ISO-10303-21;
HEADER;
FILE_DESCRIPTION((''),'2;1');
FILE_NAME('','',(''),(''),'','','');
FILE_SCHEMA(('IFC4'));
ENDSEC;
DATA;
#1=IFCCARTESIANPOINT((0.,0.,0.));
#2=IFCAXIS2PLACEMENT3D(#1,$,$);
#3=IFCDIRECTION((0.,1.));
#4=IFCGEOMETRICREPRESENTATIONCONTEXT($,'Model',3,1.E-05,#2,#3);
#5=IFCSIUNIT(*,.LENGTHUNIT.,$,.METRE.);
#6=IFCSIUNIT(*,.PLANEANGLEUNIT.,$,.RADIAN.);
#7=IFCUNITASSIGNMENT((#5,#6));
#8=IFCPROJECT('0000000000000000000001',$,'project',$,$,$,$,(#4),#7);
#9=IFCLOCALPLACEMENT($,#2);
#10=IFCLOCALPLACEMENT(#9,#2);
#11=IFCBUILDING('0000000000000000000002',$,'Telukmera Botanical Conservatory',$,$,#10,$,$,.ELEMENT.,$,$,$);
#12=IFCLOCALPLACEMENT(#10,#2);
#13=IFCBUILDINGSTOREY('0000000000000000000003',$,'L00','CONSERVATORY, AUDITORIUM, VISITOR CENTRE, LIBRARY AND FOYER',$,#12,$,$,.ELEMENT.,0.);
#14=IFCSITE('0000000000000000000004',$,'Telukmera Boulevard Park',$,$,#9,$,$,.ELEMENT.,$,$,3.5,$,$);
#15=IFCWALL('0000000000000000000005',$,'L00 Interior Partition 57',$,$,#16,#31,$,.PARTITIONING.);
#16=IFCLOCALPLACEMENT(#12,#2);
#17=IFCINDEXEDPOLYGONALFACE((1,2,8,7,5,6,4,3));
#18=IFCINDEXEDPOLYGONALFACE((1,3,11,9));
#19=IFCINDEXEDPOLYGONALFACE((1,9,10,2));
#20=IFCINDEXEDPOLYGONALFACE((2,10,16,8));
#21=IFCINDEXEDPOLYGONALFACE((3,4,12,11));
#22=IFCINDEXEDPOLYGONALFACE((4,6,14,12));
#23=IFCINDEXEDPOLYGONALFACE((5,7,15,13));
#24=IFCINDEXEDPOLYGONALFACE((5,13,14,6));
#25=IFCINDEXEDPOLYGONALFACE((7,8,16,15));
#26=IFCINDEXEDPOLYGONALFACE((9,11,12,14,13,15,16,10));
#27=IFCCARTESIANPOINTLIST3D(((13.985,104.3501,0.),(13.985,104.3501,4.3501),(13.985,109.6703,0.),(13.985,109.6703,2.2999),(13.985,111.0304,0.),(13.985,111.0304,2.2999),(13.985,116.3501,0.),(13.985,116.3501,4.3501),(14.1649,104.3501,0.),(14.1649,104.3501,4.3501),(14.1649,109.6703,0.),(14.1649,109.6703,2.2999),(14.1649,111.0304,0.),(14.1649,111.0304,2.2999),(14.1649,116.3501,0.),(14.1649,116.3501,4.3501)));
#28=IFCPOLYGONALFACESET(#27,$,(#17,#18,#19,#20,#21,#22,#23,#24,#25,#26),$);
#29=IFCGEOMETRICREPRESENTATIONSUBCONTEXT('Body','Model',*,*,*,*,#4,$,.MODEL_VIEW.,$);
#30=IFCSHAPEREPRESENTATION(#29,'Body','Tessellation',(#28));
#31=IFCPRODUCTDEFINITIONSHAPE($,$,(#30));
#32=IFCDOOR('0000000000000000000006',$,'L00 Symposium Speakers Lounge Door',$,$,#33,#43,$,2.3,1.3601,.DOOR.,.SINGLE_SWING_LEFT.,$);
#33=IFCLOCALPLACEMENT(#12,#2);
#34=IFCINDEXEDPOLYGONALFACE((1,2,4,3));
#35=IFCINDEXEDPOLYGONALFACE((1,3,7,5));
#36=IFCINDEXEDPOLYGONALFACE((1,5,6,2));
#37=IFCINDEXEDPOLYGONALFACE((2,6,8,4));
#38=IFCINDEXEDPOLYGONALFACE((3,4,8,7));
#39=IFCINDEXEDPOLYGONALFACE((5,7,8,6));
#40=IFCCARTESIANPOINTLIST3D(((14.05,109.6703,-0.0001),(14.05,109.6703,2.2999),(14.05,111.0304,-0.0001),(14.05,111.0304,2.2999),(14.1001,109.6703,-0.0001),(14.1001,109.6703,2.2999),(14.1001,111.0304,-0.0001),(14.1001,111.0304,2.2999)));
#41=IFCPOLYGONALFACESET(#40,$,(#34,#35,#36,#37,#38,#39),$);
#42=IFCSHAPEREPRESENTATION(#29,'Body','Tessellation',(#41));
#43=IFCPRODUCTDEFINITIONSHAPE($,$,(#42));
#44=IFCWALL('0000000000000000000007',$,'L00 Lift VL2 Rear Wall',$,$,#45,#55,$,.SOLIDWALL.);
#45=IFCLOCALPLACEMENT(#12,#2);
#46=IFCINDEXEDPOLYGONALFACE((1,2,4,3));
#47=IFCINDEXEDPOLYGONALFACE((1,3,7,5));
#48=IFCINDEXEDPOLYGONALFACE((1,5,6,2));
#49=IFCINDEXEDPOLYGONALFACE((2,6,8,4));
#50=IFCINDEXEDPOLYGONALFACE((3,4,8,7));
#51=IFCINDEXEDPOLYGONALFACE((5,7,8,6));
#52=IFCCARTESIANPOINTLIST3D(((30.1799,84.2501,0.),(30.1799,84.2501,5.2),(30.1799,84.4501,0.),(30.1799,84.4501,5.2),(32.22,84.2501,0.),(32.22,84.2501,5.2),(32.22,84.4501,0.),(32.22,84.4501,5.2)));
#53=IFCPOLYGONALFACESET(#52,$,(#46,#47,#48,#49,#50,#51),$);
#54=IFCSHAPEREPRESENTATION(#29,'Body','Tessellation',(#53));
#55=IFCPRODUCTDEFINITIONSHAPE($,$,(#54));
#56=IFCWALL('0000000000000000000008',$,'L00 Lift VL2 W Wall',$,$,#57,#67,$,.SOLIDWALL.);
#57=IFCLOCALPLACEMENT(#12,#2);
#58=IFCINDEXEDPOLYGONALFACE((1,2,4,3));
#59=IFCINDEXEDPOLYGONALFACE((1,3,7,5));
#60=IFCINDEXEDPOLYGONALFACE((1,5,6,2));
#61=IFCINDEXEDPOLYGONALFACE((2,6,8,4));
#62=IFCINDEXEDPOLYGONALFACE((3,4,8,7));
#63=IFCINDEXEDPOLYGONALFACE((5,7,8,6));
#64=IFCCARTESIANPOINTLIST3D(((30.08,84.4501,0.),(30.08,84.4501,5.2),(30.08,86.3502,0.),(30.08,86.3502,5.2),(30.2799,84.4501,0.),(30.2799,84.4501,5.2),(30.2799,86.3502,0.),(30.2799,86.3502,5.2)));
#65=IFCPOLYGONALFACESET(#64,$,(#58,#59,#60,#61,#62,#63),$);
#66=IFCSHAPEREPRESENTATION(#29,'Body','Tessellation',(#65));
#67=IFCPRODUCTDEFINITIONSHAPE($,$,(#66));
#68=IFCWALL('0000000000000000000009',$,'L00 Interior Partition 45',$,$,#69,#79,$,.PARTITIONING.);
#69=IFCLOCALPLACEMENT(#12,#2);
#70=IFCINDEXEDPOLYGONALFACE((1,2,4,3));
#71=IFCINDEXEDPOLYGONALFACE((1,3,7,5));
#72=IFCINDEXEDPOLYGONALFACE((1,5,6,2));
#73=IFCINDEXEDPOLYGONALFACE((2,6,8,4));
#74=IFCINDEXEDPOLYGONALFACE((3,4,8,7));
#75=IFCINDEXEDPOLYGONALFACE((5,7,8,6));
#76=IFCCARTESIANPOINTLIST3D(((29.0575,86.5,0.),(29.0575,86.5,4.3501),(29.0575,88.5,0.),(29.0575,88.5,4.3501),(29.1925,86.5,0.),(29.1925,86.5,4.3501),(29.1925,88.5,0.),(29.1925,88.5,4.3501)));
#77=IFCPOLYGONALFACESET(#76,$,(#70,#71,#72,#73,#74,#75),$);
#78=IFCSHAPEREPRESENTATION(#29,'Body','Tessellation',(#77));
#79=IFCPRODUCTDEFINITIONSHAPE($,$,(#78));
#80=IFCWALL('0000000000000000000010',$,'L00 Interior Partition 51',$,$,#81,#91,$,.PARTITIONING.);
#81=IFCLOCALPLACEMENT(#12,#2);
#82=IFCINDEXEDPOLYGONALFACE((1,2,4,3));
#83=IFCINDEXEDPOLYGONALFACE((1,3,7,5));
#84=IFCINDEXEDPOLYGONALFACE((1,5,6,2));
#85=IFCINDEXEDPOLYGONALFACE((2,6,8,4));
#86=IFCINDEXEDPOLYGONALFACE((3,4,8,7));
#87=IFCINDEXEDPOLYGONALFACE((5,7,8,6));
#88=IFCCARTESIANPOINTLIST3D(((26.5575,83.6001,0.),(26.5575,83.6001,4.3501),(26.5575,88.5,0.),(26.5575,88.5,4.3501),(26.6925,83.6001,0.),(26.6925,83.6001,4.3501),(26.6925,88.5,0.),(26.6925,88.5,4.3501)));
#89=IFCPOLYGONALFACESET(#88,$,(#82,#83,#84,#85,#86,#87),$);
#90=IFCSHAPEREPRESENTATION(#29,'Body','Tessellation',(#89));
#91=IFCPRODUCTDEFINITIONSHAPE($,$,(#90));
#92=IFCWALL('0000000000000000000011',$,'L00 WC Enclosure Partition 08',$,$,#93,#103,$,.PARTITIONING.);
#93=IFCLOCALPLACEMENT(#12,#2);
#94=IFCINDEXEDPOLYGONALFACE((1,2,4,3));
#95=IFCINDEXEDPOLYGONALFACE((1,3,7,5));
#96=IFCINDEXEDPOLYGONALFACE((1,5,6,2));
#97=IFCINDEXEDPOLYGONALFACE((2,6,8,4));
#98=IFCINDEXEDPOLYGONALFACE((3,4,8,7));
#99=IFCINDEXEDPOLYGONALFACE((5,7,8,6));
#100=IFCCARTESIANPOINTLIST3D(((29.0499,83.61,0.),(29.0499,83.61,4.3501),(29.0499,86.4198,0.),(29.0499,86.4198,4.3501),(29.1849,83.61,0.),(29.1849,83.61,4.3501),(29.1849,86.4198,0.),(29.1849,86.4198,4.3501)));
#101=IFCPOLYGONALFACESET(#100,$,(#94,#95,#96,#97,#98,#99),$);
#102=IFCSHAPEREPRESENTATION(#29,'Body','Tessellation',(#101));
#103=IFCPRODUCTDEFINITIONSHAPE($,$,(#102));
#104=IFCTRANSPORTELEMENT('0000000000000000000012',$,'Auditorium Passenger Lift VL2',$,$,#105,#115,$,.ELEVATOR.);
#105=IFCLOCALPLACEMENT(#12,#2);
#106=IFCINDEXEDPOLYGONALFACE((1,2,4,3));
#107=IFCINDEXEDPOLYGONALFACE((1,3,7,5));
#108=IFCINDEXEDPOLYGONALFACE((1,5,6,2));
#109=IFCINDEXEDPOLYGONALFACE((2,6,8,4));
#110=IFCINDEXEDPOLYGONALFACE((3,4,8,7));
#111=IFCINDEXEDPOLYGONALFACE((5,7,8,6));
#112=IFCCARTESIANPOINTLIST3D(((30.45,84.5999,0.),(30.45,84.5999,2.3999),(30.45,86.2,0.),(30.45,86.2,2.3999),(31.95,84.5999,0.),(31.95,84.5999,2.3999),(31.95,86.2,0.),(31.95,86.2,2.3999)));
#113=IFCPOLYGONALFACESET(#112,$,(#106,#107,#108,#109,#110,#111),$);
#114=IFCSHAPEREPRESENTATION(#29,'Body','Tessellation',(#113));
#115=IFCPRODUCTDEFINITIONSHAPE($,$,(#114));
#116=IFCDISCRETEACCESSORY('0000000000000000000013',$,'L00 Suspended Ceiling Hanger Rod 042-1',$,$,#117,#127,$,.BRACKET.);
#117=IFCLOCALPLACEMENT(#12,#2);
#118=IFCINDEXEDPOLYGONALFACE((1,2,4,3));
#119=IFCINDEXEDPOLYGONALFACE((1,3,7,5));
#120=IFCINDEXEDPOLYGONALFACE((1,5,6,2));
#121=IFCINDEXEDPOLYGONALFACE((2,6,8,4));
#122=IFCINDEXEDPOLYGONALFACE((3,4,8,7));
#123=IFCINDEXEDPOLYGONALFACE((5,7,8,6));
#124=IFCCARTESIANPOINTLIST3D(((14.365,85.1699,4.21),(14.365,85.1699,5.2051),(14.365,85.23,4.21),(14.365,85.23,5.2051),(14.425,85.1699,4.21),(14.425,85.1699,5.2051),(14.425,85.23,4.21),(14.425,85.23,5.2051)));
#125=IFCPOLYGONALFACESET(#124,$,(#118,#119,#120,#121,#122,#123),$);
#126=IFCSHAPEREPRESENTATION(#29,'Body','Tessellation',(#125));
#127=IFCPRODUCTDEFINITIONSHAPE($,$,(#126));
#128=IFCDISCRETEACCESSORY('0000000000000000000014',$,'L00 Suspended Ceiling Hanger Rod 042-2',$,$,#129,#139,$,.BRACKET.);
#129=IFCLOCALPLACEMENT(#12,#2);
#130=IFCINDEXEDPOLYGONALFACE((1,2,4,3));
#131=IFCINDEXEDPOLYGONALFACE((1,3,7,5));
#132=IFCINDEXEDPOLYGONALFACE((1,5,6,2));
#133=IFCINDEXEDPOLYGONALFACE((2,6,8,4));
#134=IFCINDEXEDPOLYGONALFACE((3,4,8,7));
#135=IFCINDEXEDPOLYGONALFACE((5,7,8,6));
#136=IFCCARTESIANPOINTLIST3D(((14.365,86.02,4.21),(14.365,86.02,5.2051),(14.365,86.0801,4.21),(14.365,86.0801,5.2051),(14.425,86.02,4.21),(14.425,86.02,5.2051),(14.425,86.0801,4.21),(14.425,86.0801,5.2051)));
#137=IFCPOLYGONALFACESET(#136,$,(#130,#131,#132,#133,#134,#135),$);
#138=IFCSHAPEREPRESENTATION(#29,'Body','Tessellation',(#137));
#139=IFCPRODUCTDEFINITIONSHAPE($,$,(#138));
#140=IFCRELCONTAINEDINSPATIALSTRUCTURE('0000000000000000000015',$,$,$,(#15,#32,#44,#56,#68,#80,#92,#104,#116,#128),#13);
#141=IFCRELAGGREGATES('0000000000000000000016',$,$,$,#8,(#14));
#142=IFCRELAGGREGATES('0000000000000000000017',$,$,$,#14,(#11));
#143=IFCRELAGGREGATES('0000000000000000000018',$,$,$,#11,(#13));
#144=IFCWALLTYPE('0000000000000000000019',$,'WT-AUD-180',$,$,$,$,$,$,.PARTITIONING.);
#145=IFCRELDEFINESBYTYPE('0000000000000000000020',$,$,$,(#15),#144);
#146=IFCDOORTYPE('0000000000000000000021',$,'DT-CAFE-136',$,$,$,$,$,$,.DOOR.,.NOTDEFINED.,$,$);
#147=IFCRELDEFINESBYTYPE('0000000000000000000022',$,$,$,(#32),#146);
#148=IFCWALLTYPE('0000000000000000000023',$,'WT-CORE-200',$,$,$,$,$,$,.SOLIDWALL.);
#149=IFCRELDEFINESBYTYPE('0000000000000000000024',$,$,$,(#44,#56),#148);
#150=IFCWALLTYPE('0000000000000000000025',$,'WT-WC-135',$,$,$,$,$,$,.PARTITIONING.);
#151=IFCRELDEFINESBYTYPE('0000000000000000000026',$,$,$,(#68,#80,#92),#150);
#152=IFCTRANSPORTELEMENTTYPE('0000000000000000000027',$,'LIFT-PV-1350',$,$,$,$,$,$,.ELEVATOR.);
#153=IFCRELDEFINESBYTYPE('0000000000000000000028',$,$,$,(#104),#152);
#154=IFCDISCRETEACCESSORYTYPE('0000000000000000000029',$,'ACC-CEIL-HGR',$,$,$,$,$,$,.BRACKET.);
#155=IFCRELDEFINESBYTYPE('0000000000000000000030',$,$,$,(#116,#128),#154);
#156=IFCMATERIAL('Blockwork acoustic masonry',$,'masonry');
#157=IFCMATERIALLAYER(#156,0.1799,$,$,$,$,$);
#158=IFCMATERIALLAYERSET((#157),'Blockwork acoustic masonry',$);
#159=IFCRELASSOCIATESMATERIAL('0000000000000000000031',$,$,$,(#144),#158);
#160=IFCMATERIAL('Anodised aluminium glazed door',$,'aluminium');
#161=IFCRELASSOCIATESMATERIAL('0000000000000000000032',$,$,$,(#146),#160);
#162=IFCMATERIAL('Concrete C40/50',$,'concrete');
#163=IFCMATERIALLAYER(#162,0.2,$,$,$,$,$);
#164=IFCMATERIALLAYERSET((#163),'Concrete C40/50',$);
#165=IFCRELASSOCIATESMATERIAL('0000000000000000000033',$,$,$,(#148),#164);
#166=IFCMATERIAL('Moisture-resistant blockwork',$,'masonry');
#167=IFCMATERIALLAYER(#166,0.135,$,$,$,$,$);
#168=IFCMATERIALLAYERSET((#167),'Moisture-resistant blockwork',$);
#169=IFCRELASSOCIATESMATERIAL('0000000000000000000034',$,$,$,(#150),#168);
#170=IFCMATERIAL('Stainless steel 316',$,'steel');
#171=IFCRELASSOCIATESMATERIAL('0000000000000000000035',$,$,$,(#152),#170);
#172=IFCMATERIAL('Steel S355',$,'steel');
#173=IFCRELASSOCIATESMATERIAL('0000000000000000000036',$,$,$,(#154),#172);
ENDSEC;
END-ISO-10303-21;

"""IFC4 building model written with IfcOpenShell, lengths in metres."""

from ifc_helpers import new_model, si_unit, direction, frame, frame_2d, origin, origin_2d, place, context, subcontext, project, spatial, rectangle, extrude, material, layer, layer_set, type_object, element, fill, save


model = new_model("IFC4")

# Units and contexts
model_context = context("Model", 3, precision=1e-05, world=origin(), true_north=direction((0.0, 1.0)))
body_context = subcontext(model_context, "Body", "Model", "MODEL_VIEW")
ifc_project = project(units=[si_unit("LENGTHUNIT", "METRE"), si_unit("PLANEANGLEUNIT", "RADIAN")], contexts=[model_context])

# Site, building, storey
site_placement = place(None, origin())
site = spatial("IfcSite", under=ifc_project, at=site_placement, Name="Telukmera Boulevard Park", CompositionType="ELEMENT", RefElevation=3.5)
building_placement = place(site_placement, origin())
building = spatial("IfcBuilding", under=site, at=building_placement, Name="Telukmera Botanical Conservatory", CompositionType="ELEMENT")
storey_placement = place(building_placement, origin())
storey = spatial("IfcBuildingStorey", under=building, at=storey_placement, Name="L00", Description="CONSERVATORY, AUDITORIUM, VISITOR CENTRE, LIBRARY AND FOYER", CompositionType="ELEMENT", Elevation=0.0)

# Shared definitions
ifc_material_1 = material(Name="Steel S355", Category="steel")

# Shared definitions
ifc_material_2 = material(Name="Blockwork acoustic masonry", Category="masonry")
ifc_layer_1 = layer(ifc_material_2, 0.1799)
ifc_layer_set_1 = layer_set([ifc_layer_1], Name="Blockwork acoustic masonry")
wall_type_1 = type_object("IfcWallType", Name="WT-AUD-180", PredefinedType="PARTITIONING", material=ifc_layer_set_1)

# Wall, opening, door
wall_1_placement = place(storey_placement, frame((14.075, 104.3501, 0.0), z_axis=(0.0, 0.0, 1.0), x_axis=(0.0, 1.0, 0.0)))
wall_1 = element("IfcWall", 1, at=wall_1_placement, inside=storey, type_object=wall_type_1, Name="L00 Interior Partition 57", PredefinedType="PARTITIONING", context=body_context, shape_type="SweptSolid", body=[
    extrude(rectangle(XDim=12.0, YDim=0.1799, at=frame_2d((6.0, 0.0))), origin(), (0.0, 0.0, 1.0), 4.3501),
])
opening_1_placement = place(wall_1_placement, frame((5.3201, 0.0, 0.0)))
opening_1 = element("IfcOpeningElement", 2, at=opening_1_placement, cuts=wall_1, PredefinedType="OPENING", context=body_context, shape_type="SweptSolid", body=[
    extrude(rectangle(XDim=1.3601, YDim=2.3, at=frame_2d((0.6802, 1.1499))), frame((0.0, 0.0999, 0.0), z_axis=(0.0, -1.0, 0.0), x_axis=(1.0, 0.0, 0.0)), (0.0, 0.0, 1.0), 0.2),
])
ifc_material_3 = material(Name="Anodised aluminium glazed door", Category="aluminium")
door_type_1 = type_object("IfcDoorType", Name="DT-CAFE-136", OperationType="NOTDEFINED", PredefinedType="DOOR", material=ifc_material_3)
door_1_placement = place(opening_1_placement, origin())
door_1 = element("IfcDoor", 3, at=door_1_placement, inside=storey, type_object=door_type_1, Name="L00 Symposium Speakers Lounge Door", OperationType="SINGLE_SWING_LEFT", OverallHeight=2.3, OverallWidth=1.3601, PredefinedType="DOOR", context=body_context, shape_type="SweptSolid", body=[
    extrude(rectangle(XDim=1.3601, YDim=2.3, at=frame_2d((0.6802, 1.1499))), frame((0.0, 0.0249, 0.0), z_axis=(0.0, -1.0, 0.0), x_axis=(1.0, 0.0, 0.0)), (0.0, 0.0, 1.0), 0.05),
])
fill(opening_1, door_1)
ifc_material_4 = material(Name="Concrete C40/50", Category="concrete")
ifc_layer_2 = layer(ifc_material_4, 0.2)
ifc_layer_set_2 = layer_set([ifc_layer_2], Name="Concrete C40/50")
wall_type_2 = type_object("IfcWallType", Name="WT-CORE-200", PredefinedType="SOLIDWALL", material=ifc_layer_set_2)

# Walls
wall_2_placement = place(storey_placement, frame((30.1799, 84.3501, 0.0), z_axis=(0.0, 0.0, 1.0), x_axis=(1.0, 0.0, 0.0)))
element("IfcWall", 4, at=wall_2_placement, inside=storey, type_object=wall_type_2, Name="L00 Lift VL2 Rear Wall", PredefinedType="SOLIDWALL", context=body_context, shape_type="SweptSolid", body=[
    extrude(rectangle(XDim=2.04, YDim=0.2, at=frame_2d((1.02, 0.0))), origin(), (0.0, 0.0, 1.0), 5.2),
])
wall_3_placement = place(storey_placement, frame((30.1799, 84.45, 0.0), z_axis=(0.0, 0.0, 1.0), x_axis=(0.0, 1.0, 0.0)))
element("IfcWall", 5, at=wall_3_placement, inside=storey, type_object=wall_type_2, Name="L00 Lift VL2 W Wall", PredefinedType="SOLIDWALL", context=body_context, shape_type="SweptSolid", body=[
    extrude(rectangle(XDim=1.9001, YDim=0.2, at=frame_2d((0.9502, 0.0))), origin(), (0.0, 0.0, 1.0), 5.2),
])
ifc_material_5 = material(Name="Moisture-resistant blockwork", Category="masonry")
ifc_layer_3 = layer(ifc_material_5, 0.135)
ifc_layer_set_3 = layer_set([ifc_layer_3], Name="Moisture-resistant blockwork")
wall_type_3 = type_object("IfcWallType", Name="WT-WC-135", PredefinedType="PARTITIONING", material=ifc_layer_set_3)
wall_4_placement = place(storey_placement, frame((29.125, 86.5, 0.0), z_axis=(0.0, 0.0, 1.0), x_axis=(0.0, 1.0, 0.0)))
element("IfcWall", 6, at=wall_4_placement, inside=storey, type_object=wall_type_3, Name="L00 Interior Partition 45", PredefinedType="PARTITIONING", context=body_context, shape_type="SweptSolid", body=[
    extrude(rectangle(XDim=2.0, YDim=0.135, at=frame_2d((1.0, 0.0))), origin(), (0.0, 0.0, 1.0), 4.3501),
])

# Walls
wall_5_placement = place(storey_placement, frame((26.625, 83.6001, 0.0), z_axis=(0.0, 0.0, 1.0), x_axis=(0.0, 1.0, 0.0)))
element("IfcWall", 7, at=wall_5_placement, inside=storey, type_object=wall_type_3, Name="L00 Interior Partition 51", PredefinedType="PARTITIONING", context=body_context, shape_type="SweptSolid", body=[
    extrude(rectangle(XDim=4.8999, YDim=0.135, at=frame_2d((2.45, 0.0))), origin(), (0.0, 0.0, 1.0), 4.3501),
])
wall_6_placement = place(storey_placement, frame((29.1174, 83.6101, 0.0), z_axis=(0.0, 0.0, 1.0), x_axis=(0.0, 1.0, 0.0)))
element("IfcWall", 8, at=wall_6_placement, inside=storey, type_object=wall_type_3, Name="L00 WC Enclosure Partition 08", PredefinedType="PARTITIONING", context=body_context, shape_type="SweptSolid", body=[
    extrude(rectangle(XDim=2.8098, YDim=0.135, at=frame_2d((1.4048, 0.0))), origin(), (0.0, 0.0, 1.0), 4.3501),
])

# Transport element
ifc_material_6 = material(Name="Stainless steel 316", Category="steel")
transport_element_type = type_object("IfcTransportElementType", Name="LIFT-PV-1350", PredefinedType="ELEVATOR", material=ifc_material_6)
transport_element_placement = place(storey_placement, frame((31.2, 85.3999, 0.0), z_axis=(0.0, 0.0, 1.0), x_axis=(1.0, 0.0, 0.0)))
element("IfcTransportElement", 9, at=transport_element_placement, inside=storey, type_object=transport_element_type, Name="Auditorium Passenger Lift VL2", PredefinedType="ELEVATOR", context=body_context, shape_type="SweptSolid", body=[
    extrude(rectangle(XDim=1.5, YDim=1.6001, at=origin_2d()), origin(), (0.0, 0.0, 1.0), 2.3999),
])

# Discrete accessories
discrete_accessory_type = type_object("IfcDiscreteAccessoryType", Name="ACC-CEIL-HGR", PredefinedType="BRACKET", material=ifc_material_1)
for number, where, z_axis, x_axis, name in (
    (10, (14.395, 85.2, 4.21), (0.0, 0.0, 1.0), (1.0, 0.0, 0.0), "L00 Suspended Ceiling Hanger Rod 042-1"),
    (11, (14.395, 86.05, 4.21), (0.0, 0.0, 1.0), (1.0, 0.0, 0.0), "L00 Suspended Ceiling Hanger Rod 042-2"),
):
    element("IfcDiscreteAccessory", number, at=place(storey_placement, frame(where, z_axis=z_axis, x_axis=x_axis)), inside=storey, type_object=discrete_accessory_type, Name=name, PredefinedType="BRACKET", context=body_context, shape_type="SweptSolid", body=[
        extrude(rectangle(XDim=0.0601, YDim=0.0601, at=origin_2d()), origin(), (0.0, 0.0, 1.0), 0.9951),
    ])

save(model, "model.ifc")
